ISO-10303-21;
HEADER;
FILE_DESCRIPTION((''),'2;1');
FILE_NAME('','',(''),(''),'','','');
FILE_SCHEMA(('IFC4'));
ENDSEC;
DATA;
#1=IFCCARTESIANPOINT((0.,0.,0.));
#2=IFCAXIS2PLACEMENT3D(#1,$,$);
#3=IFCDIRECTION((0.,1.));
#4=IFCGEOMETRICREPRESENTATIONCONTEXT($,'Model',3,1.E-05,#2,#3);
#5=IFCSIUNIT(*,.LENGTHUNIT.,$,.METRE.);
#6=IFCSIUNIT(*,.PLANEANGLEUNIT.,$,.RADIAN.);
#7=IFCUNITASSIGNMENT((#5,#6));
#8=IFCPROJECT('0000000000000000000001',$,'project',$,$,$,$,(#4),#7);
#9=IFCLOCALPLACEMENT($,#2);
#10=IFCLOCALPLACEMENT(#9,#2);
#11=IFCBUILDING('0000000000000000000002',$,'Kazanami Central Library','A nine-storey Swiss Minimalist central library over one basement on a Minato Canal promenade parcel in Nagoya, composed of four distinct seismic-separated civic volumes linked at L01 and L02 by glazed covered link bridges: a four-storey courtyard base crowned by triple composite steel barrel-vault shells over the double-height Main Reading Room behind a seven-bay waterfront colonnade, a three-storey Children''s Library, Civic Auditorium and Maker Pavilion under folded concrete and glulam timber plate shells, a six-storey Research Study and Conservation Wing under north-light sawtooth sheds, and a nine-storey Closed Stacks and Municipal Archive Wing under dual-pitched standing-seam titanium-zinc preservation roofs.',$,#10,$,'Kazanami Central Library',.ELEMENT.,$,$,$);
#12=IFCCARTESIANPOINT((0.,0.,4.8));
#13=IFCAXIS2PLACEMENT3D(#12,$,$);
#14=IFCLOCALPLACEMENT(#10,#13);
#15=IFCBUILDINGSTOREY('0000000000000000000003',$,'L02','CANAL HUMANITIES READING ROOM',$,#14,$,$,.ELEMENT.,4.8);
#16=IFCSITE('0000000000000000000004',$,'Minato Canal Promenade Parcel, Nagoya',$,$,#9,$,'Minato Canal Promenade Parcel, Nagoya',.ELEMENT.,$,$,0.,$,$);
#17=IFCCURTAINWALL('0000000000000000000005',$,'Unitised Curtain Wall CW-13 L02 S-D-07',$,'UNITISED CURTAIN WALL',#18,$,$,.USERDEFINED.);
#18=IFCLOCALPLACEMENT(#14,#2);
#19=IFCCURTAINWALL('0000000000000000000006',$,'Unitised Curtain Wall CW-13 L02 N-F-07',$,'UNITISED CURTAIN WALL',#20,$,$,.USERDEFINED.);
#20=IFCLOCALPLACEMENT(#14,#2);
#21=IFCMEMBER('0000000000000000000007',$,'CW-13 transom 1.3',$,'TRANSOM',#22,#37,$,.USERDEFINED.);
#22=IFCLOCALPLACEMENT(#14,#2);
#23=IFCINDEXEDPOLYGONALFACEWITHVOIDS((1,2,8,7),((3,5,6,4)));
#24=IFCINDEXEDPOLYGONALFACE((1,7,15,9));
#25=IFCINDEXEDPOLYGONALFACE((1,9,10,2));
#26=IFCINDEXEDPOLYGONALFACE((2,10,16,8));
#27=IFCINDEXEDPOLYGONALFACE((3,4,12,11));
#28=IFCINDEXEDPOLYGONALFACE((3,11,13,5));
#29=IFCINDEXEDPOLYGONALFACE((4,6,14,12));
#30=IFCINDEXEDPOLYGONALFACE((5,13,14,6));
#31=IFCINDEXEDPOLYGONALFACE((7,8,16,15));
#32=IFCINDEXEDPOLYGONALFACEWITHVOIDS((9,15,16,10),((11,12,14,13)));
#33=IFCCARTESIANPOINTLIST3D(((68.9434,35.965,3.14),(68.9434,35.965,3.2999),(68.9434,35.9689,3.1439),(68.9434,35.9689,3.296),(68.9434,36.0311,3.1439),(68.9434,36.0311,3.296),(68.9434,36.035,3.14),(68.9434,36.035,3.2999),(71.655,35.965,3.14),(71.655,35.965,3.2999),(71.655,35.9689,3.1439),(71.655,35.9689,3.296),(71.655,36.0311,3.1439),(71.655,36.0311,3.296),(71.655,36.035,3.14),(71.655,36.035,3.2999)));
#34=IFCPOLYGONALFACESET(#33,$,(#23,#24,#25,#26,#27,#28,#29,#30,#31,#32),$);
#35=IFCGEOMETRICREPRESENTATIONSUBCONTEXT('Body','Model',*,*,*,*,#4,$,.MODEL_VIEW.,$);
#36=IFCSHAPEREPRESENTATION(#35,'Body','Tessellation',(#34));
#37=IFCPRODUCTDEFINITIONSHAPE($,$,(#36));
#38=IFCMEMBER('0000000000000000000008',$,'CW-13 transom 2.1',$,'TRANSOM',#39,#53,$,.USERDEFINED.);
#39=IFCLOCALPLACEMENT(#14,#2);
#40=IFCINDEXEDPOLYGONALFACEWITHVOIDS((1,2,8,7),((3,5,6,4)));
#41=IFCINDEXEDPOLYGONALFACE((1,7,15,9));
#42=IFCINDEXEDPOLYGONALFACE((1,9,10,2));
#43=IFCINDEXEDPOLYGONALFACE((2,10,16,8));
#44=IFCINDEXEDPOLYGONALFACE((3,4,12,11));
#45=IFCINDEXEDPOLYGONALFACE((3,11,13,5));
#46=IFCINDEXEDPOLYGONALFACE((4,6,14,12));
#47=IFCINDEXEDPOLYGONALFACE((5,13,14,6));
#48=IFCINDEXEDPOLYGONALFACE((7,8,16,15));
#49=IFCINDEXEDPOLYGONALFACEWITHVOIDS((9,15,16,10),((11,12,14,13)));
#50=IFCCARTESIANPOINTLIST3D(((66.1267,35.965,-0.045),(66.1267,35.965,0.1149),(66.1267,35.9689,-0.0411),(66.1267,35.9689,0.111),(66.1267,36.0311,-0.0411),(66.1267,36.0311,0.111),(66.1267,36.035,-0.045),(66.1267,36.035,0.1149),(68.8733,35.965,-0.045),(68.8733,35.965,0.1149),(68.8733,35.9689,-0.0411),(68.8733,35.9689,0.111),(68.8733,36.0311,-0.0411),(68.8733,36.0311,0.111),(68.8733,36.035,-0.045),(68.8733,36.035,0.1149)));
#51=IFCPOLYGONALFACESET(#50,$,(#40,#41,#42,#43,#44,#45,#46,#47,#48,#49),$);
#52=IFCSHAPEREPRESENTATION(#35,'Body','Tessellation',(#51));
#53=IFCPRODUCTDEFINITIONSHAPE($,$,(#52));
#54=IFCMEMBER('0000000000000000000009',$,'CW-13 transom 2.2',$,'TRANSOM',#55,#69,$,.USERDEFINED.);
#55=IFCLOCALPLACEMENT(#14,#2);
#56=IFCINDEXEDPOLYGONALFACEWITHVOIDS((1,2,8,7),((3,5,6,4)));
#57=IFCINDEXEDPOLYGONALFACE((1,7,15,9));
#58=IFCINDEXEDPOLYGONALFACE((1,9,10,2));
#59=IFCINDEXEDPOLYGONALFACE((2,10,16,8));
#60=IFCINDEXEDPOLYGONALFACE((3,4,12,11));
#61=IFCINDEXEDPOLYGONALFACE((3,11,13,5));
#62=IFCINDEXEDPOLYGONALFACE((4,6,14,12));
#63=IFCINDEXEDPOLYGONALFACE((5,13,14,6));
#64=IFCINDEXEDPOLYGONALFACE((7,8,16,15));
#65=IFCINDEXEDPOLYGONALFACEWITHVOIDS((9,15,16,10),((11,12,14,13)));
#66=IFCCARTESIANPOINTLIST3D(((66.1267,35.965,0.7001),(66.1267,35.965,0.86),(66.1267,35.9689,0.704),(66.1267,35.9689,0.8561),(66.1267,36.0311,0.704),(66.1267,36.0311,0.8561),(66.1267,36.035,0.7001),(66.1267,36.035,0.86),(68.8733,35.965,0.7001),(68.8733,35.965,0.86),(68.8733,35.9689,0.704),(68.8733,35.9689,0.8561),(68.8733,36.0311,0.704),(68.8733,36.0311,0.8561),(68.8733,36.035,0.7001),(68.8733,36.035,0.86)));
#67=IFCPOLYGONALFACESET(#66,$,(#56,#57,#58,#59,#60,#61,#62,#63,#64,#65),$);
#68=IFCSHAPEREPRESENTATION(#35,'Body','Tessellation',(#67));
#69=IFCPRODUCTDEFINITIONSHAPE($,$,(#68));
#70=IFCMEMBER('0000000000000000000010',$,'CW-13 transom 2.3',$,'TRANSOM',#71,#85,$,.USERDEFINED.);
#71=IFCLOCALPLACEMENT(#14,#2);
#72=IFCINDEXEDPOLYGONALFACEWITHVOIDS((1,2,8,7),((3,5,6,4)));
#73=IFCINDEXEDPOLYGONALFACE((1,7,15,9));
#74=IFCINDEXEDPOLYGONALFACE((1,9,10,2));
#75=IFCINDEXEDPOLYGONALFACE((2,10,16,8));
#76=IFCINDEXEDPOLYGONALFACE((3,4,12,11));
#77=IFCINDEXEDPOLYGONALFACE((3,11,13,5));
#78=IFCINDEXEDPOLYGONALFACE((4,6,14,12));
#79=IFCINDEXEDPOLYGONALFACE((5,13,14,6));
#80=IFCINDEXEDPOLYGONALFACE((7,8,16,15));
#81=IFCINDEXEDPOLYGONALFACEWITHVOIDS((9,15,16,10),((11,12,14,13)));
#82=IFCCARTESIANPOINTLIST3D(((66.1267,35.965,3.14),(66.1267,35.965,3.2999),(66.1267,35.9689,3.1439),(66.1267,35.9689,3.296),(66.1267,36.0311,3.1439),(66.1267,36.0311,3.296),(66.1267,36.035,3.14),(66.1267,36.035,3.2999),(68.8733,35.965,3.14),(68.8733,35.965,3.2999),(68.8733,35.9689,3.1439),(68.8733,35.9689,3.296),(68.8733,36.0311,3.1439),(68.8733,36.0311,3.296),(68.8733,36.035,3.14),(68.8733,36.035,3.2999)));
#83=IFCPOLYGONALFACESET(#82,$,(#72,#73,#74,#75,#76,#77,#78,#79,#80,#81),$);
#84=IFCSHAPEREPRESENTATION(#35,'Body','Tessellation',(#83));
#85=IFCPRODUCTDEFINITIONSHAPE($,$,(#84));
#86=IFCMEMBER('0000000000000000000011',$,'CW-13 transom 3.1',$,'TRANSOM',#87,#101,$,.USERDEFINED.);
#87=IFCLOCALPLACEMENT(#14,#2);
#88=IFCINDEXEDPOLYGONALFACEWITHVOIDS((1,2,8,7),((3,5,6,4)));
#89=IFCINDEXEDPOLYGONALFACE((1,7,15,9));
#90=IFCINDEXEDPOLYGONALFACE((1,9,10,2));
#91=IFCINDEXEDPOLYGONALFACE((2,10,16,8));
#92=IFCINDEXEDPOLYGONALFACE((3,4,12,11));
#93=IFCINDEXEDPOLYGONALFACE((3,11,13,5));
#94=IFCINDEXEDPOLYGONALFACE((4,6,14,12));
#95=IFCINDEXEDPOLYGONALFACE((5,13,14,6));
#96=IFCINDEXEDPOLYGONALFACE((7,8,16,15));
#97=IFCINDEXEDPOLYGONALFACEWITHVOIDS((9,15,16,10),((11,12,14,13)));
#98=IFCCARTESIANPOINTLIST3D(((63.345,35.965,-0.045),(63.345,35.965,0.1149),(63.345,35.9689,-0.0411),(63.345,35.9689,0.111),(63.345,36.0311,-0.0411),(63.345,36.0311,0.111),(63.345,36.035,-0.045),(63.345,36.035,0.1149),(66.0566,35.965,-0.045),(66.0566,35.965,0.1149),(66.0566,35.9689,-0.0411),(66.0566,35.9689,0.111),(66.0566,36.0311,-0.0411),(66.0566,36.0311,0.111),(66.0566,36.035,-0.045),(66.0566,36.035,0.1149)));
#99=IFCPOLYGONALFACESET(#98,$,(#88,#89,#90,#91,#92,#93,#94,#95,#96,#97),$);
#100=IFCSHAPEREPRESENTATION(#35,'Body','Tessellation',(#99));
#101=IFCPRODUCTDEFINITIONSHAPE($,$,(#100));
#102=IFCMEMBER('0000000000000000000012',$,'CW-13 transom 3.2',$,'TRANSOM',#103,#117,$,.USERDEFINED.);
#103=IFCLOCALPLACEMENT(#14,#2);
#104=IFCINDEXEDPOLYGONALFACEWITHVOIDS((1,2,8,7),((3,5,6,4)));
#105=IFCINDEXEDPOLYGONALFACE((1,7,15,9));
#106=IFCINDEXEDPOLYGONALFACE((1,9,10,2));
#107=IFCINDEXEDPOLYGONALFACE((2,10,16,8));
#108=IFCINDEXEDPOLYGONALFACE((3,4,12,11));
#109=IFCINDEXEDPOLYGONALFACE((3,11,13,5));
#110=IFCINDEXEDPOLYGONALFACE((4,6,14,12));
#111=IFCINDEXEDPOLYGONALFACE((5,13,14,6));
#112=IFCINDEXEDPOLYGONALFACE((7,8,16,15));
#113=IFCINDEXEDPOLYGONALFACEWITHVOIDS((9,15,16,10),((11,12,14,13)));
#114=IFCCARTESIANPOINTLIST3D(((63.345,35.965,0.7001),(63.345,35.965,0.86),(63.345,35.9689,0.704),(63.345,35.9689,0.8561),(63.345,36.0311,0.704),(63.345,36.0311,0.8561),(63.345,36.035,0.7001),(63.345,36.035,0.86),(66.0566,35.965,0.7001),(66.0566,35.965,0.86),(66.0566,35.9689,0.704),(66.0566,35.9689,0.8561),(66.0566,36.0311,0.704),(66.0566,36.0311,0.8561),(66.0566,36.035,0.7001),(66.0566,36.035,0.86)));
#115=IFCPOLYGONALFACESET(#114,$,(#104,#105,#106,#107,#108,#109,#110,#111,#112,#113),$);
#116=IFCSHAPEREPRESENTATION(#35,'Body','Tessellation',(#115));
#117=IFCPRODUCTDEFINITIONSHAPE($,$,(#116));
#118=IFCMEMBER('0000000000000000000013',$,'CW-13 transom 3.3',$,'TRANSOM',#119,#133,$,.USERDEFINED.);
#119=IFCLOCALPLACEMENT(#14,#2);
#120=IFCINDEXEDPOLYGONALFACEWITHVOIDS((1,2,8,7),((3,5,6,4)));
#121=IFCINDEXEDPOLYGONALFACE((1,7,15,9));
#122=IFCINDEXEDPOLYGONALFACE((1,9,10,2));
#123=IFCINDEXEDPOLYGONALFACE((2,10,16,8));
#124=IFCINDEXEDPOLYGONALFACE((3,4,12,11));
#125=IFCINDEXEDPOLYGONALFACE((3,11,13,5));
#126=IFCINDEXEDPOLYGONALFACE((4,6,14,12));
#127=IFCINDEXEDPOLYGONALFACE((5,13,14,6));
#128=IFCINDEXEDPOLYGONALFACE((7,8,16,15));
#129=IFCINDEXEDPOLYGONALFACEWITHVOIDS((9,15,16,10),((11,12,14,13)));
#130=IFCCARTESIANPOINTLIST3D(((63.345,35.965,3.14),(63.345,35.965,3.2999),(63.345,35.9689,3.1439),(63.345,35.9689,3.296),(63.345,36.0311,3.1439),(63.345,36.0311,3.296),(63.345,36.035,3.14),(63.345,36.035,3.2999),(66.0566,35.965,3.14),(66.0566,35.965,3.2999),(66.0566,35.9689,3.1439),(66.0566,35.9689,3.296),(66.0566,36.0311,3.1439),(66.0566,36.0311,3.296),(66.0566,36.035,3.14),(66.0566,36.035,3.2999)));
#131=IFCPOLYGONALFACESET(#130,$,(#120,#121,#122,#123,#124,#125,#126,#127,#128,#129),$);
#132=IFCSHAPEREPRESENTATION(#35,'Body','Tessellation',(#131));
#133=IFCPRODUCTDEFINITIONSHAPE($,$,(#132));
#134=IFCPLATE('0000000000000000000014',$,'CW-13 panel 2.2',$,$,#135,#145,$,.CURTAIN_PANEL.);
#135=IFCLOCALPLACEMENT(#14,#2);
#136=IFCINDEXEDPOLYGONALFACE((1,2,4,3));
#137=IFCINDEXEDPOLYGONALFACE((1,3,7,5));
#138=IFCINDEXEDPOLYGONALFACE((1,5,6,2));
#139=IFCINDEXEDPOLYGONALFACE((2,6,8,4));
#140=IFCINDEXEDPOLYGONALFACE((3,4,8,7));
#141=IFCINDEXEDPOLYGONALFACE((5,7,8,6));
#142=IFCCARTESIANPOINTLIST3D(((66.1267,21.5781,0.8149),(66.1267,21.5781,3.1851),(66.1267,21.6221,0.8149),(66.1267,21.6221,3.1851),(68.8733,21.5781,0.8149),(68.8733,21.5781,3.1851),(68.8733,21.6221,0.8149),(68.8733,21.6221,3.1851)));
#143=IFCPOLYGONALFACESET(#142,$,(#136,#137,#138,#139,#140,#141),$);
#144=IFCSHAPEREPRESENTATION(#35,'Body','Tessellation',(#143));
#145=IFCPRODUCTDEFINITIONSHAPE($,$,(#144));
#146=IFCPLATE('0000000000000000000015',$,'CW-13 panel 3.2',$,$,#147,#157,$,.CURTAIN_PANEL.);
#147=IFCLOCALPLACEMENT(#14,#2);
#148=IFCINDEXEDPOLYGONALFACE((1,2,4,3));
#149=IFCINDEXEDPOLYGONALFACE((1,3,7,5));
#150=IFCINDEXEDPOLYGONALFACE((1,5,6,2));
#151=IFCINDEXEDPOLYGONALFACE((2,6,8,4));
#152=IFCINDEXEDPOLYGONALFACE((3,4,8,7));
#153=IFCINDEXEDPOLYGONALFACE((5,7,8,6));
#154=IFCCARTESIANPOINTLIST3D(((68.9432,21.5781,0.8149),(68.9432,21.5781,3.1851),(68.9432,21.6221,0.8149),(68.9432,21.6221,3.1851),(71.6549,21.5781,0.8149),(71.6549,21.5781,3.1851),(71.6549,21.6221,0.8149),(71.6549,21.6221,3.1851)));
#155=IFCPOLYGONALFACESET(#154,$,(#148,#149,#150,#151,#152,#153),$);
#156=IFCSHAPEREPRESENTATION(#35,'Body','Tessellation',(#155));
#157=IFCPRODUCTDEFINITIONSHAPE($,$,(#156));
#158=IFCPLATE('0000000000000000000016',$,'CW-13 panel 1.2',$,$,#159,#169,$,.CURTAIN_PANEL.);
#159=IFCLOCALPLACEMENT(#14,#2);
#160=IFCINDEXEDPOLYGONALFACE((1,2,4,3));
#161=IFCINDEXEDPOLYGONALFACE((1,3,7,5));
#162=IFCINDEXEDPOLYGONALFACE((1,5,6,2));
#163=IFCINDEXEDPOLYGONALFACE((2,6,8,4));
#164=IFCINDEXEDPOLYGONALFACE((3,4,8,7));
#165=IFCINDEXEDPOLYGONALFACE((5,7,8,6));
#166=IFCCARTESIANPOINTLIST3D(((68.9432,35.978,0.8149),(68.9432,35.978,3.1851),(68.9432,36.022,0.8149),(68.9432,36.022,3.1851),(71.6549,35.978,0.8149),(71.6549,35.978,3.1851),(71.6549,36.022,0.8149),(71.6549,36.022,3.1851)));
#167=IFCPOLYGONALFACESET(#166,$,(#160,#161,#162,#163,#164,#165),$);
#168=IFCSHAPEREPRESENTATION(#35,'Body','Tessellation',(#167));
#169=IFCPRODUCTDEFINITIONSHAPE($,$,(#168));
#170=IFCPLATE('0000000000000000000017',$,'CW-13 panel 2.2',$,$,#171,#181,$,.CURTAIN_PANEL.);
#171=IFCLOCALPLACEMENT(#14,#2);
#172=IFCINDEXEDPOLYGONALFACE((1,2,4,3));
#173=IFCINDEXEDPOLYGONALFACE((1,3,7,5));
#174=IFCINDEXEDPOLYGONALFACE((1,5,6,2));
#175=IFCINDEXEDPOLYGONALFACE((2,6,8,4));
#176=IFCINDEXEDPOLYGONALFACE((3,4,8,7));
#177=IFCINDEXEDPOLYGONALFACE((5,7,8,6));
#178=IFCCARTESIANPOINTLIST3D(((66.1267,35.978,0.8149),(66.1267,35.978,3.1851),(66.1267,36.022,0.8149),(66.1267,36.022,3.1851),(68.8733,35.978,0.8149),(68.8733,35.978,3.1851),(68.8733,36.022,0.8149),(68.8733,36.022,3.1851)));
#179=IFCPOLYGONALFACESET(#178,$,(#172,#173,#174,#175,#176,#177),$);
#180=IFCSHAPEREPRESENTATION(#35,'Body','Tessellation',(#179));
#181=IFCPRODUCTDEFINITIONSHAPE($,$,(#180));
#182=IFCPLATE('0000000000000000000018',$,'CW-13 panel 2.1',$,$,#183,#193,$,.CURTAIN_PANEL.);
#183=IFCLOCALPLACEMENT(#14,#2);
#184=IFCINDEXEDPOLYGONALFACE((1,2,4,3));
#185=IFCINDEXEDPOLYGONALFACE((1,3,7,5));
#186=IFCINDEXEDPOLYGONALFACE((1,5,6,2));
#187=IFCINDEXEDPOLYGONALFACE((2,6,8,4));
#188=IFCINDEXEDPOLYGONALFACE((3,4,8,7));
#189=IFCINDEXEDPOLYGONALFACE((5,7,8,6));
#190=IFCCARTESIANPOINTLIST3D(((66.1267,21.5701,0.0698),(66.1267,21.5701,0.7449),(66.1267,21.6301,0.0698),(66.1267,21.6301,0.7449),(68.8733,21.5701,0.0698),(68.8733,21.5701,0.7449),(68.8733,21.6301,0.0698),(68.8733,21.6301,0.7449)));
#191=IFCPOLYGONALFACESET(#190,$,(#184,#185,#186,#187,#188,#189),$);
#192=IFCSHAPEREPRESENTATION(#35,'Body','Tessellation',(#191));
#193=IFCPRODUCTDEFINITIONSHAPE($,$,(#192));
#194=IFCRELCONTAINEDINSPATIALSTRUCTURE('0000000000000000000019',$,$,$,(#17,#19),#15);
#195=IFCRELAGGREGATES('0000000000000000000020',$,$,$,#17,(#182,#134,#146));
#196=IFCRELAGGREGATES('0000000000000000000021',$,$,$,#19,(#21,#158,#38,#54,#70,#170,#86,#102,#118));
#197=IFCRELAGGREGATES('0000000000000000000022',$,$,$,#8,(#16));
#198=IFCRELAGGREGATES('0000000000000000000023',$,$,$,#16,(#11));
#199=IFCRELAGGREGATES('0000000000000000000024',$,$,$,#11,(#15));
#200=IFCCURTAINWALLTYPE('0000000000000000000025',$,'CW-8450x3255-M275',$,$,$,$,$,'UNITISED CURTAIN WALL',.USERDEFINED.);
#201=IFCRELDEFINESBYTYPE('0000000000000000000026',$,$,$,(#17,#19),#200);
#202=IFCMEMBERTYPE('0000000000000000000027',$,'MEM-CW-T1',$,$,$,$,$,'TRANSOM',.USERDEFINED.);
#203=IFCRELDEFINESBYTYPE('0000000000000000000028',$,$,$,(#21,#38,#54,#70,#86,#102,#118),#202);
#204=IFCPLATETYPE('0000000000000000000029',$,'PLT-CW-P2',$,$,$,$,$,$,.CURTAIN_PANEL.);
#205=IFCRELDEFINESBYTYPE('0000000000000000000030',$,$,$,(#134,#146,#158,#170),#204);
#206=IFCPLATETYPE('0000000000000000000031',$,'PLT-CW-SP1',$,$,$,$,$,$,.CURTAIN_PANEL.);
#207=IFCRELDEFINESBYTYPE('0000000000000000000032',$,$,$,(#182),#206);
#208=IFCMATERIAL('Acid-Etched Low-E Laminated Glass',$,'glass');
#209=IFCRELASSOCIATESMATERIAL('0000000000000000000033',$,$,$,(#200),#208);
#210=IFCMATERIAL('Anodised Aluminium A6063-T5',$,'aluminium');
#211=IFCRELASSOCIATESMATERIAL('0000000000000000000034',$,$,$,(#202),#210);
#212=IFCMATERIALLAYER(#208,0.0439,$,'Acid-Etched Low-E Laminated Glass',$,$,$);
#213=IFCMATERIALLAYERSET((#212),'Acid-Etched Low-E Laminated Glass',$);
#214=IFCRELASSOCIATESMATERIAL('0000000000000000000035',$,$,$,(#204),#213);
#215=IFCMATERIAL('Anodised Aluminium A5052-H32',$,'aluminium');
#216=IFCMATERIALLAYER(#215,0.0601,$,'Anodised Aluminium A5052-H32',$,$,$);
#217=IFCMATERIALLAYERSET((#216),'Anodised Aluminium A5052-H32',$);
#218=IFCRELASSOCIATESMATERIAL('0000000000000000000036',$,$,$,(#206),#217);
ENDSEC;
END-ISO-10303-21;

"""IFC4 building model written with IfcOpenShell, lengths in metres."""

from ifc_helpers import new_model, si_unit, direction, frame, origin, origin_2d, place, context, subcontext, project, spatial, rectangle, hollow_rectangle, extrude, material, layer, layer_set, material_profile, profile_set, type_object, element, aggregate, save


model = new_model("IFC4")

# Units and contexts
model_context = context("Model", 3, precision=1e-05, world=origin(), true_north=direction((0.0, 1.0)))
body_context = subcontext(model_context, "Body", "Model", "MODEL_VIEW")
ifc_project = project(units=[si_unit("LENGTHUNIT", "METRE"), si_unit("PLANEANGLEUNIT", "RADIAN")], contexts=[model_context])

# Site, building, storey
site_placement = place(None, origin())
site = spatial("IfcSite", under=ifc_project, at=site_placement, Name="Minato Canal Promenade Parcel, Nagoya", LongName="Minato Canal Promenade Parcel, Nagoya", CompositionType="ELEMENT", RefElevation=0.0)
building_placement = place(site_placement, origin())
building = spatial("IfcBuilding", under=site, at=building_placement, Name="Kazanami Central Library", Description="A nine-storey Swiss Minimalist central library over one basement on a Minato Canal promenade parcel in Nagoya, composed of four distinct seismic-separated civic volumes linked at L01 and L02 by glazed covered link bridges: a four-storey courtyard base crowned by triple composite steel barrel-vault shells over the double-height Main Reading Room behind a seven-bay waterfront colonnade, a three-storey Children's Library, Civic Auditorium and Maker Pavilion under folded concrete and glulam timber plate shells, a six-storey Research Study and Conservation Wing under north-light sawtooth sheds, and a nine-storey Closed Stacks and Municipal Archive Wing under dual-pitched standing-seam titanium-zinc preservation roofs.", LongName="Kazanami Central Library", CompositionType="ELEMENT")
storey_placement = place(building_placement, frame((0.0, 0.0, 4.8)))
storey = spatial("IfcBuildingStorey", under=building, at=storey_placement, Name="L02", Description="CANAL HUMANITIES READING ROOM", CompositionType="ELEMENT", Elevation=4.8)

# Curtain walls
ifc_material_1 = material(Name="Acid-Etched Low-E Laminated Glass", Category="glass")
curtain_wall_type = type_object("IfcCurtainWallType", Name="CW-8450x3255-M275", ElementType="UNITISED CURTAIN WALL", PredefinedType="USERDEFINED", material=ifc_material_1)
curtain_wall_1_placement = place(storey_placement, origin())
curtain_wall_1 = element("IfcCurtainWall", 1, at=curtain_wall_1_placement, inside=storey, type_object=curtain_wall_type, Name="Unitised Curtain Wall CW-13 L02 S-D-07", ObjectType="UNITISED CURTAIN WALL", PredefinedType="USERDEFINED")
ifc_material_2 = material(Name="Anodised Aluminium A6063-T5", Category="aluminium")
curtain_wall_2_placement = place(storey_placement, origin())
curtain_wall_2 = element("IfcCurtainWall", 2, at=curtain_wall_2_placement, inside=storey, type_object=curtain_wall_type, Name="Unitised Curtain Wall CW-13 L02 N-F-07", ObjectType="UNITISED CURTAIN WALL", PredefinedType="USERDEFINED")

# Members
ifc_material_profile_1 = material_profile(ifc_material_2, hollow_rectangle(XDim=0.0701, YDim=0.1599, WallThickness=0.0039, at=origin_2d()), Name="ALU-TRAN-70x160x4")
ifc_profile_set_1 = profile_set([ifc_material_profile_1], Name="Anodised Aluminium A6063-T5")
member_type_1 = type_object("IfcMemberType", Name="MEM-CW-T1", ElementType="TRANSOM", PredefinedType="USERDEFINED", material=ifc_profile_set_1)
member_1_placement = place(storey_placement, frame((71.655, 36.0, 3.22), z_axis=(-1.0, 0.0, 0.0), x_axis=(0.0, -1.0, 0.0)))
member_1 = element("IfcMember", 3, at=member_1_placement, type_object=member_type_1, Name="CW-13 transom 1.3", ObjectType="TRANSOM", PredefinedType="USERDEFINED", context=body_context, shape_type="SweptSolid", body=[
    extrude(hollow_rectangle(XDim=0.0701, YDim=0.1599, WallThickness=0.0039, at=origin_2d()), origin(), (0.0, 0.0, 1.0), 2.7117),
])
member_2_placement = place(storey_placement, frame((68.8733, 36.0, 0.0349), z_axis=(-1.0, 0.0, 0.0), x_axis=(0.0, -1.0, 0.0)))
member_2 = element("IfcMember", 4, at=member_2_placement, type_object=member_type_1, Name="CW-13 transom 2.1", ObjectType="TRANSOM", PredefinedType="USERDEFINED", context=body_context, shape_type="SweptSolid", body=[
    extrude(hollow_rectangle(XDim=0.0701, YDim=0.1599, WallThickness=0.0039, at=origin_2d()), origin(), (0.0, 0.0, 1.0), 2.7466),
])
member_3_placement = place(storey_placement, frame((68.8733, 36.0, 0.78), z_axis=(-1.0, 0.0, 0.0), x_axis=(0.0, -1.0, 0.0)))
member_3 = element("IfcMember", 5, at=member_3_placement, type_object=member_type_1, Name="CW-13 transom 2.2", ObjectType="TRANSOM", PredefinedType="USERDEFINED", context=body_context, shape_type="SweptSolid", body=[
    extrude(hollow_rectangle(XDim=0.0701, YDim=0.1599, WallThickness=0.0039, at=origin_2d()), origin(), (0.0, 0.0, 1.0), 2.7466),
])
member_4_placement = place(storey_placement, frame((68.8733, 36.0, 3.22), z_axis=(-1.0, 0.0, 0.0), x_axis=(0.0, -1.0, 0.0)))
member_4 = element("IfcMember", 6, at=member_4_placement, type_object=member_type_1, Name="CW-13 transom 2.3", ObjectType="TRANSOM", PredefinedType="USERDEFINED", context=body_context, shape_type="SweptSolid", body=[
    extrude(hollow_rectangle(XDim=0.0701, YDim=0.1599, WallThickness=0.0039, at=origin_2d()), origin(), (0.0, 0.0, 1.0), 2.7466),
])
member_5_placement = place(storey_placement, frame((66.0566, 36.0, 0.0349), z_axis=(-1.0, 0.0, 0.0), x_axis=(0.0, -1.0, 0.0)))
member_5 = element("IfcMember", 7, at=member_5_placement, type_object=member_type_1, Name="CW-13 transom 3.1", ObjectType="TRANSOM", PredefinedType="USERDEFINED", context=body_context, shape_type="SweptSolid", body=[
    extrude(hollow_rectangle(XDim=0.0701, YDim=0.1599, WallThickness=0.0039, at=origin_2d()), origin(), (0.0, 0.0, 1.0), 2.7117),
])
member_6_placement = place(storey_placement, frame((66.0566, 36.0, 0.78), z_axis=(-1.0, 0.0, 0.0), x_axis=(0.0, -1.0, 0.0)))
member_6 = element("IfcMember", 8, at=member_6_placement, type_object=member_type_1, Name="CW-13 transom 3.2", ObjectType="TRANSOM", PredefinedType="USERDEFINED", context=body_context, shape_type="SweptSolid", body=[
    extrude(hollow_rectangle(XDim=0.0701, YDim=0.1599, WallThickness=0.0039, at=origin_2d()), origin(), (0.0, 0.0, 1.0), 2.7117),
])
member_7_placement = place(storey_placement, frame((66.0566, 36.0, 3.22), z_axis=(-1.0, 0.0, 0.0), x_axis=(0.0, -1.0, 0.0)))
member_7 = element("IfcMember", 9, at=member_7_placement, type_object=member_type_1, Name="CW-13 transom 3.3", ObjectType="TRANSOM", PredefinedType="USERDEFINED", context=body_context, shape_type="SweptSolid", body=[
    extrude(hollow_rectangle(XDim=0.0701, YDim=0.1599, WallThickness=0.0039, at=origin_2d()), origin(), (0.0, 0.0, 1.0), 2.7117),
])

# Plates
ifc_layer_1 = layer(ifc_material_1, 0.0439, Name="Acid-Etched Low-E Laminated Glass")
ifc_layer_set_1 = layer_set([ifc_layer_1], Name="Acid-Etched Low-E Laminated Glass")
plate_type_1 = type_object("IfcPlateType", Name="PLT-CW-P2", PredefinedType="CURTAIN_PANEL", material=ifc_layer_set_1)
plate_1_placement = place(storey_placement, frame((67.5, 21.6001, 0.8149), z_axis=(0.0, 0.0, 1.0), x_axis=(1.0, 0.0, 0.0)))
plate_1 = element("IfcPlate", 10, at=plate_1_placement, type_object=plate_type_1, Name="CW-13 panel 2.2", PredefinedType="CURTAIN_PANEL", context=body_context, shape_type="SweptSolid", body=[
    extrude(rectangle(XDim=2.7466, YDim=0.0439, at=origin_2d()), origin(), (0.0, 0.0, 1.0), 2.3701),
])
plate_2_placement = place(storey_placement, frame((70.2991, 21.6001, 0.8149), z_axis=(0.0, 0.0, 1.0), x_axis=(1.0, 0.0, 0.0)))
plate_2 = element("IfcPlate", 11, at=plate_2_placement, type_object=plate_type_1, Name="CW-13 panel 3.2", PredefinedType="CURTAIN_PANEL", context=body_context, shape_type="SweptSolid", body=[
    extrude(rectangle(XDim=2.7117, YDim=0.0439, at=origin_2d()), origin(), (0.0, 0.0, 1.0), 2.3701),
])
plate_3_placement = place(storey_placement, frame((70.2991, 36.0, 0.8149), z_axis=(0.0, 0.0, 1.0), x_axis=(-1.0, 0.0, 0.0)))
plate_3 = element("IfcPlate", 12, at=plate_3_placement, type_object=plate_type_1, Name="CW-13 panel 1.2", PredefinedType="CURTAIN_PANEL", context=body_context, shape_type="SweptSolid", body=[
    extrude(rectangle(XDim=2.7117, YDim=0.0439, at=origin_2d()), origin(), (0.0, 0.0, 1.0), 2.3701),
])
plate_4_placement = place(storey_placement, frame((67.5, 36.0, 0.8149), z_axis=(0.0, 0.0, 1.0), x_axis=(-1.0, 0.0, 0.0)))
plate_4 = element("IfcPlate", 13, at=plate_4_placement, type_object=plate_type_1, Name="CW-13 panel 2.2", PredefinedType="CURTAIN_PANEL", context=body_context, shape_type="SweptSolid", body=[
    extrude(rectangle(XDim=2.7466, YDim=0.0439, at=origin_2d()), origin(), (0.0, 0.0, 1.0), 2.3701),
])
ifc_material_3 = material(Name="Anodised Aluminium A5052-H32", Category="aluminium")
ifc_layer_2 = layer(ifc_material_3, 0.0601, Name="Anodised Aluminium A5052-H32")
ifc_layer_set_2 = layer_set([ifc_layer_2], Name="Anodised Aluminium A5052-H32")
plate_type_2 = type_object("IfcPlateType", Name="PLT-CW-SP1", PredefinedType="CURTAIN_PANEL", material=ifc_layer_set_2)
plate_5_placement = place(storey_placement, frame((67.5, 21.6001, 0.0698), z_axis=(0.0, 0.0, 1.0), x_axis=(1.0, 0.0, 0.0)))
plate_5 = element("IfcPlate", 14, at=plate_5_placement, type_object=plate_type_2, Name="CW-13 panel 2.1", PredefinedType="CURTAIN_PANEL", context=body_context, shape_type="SweptSolid", body=[
    extrude(rectangle(XDim=2.7466, YDim=0.0601, at=origin_2d()), origin(), (0.0, 0.0, 1.0), 0.675),
])
aggregate(curtain_wall_1, [plate_5, plate_1, plate_2])
aggregate(curtain_wall_2, [member_1, plate_3, member_2, member_3, member_4, plate_4, member_5, member_6, member_7])

save(model, "model.ifc")
